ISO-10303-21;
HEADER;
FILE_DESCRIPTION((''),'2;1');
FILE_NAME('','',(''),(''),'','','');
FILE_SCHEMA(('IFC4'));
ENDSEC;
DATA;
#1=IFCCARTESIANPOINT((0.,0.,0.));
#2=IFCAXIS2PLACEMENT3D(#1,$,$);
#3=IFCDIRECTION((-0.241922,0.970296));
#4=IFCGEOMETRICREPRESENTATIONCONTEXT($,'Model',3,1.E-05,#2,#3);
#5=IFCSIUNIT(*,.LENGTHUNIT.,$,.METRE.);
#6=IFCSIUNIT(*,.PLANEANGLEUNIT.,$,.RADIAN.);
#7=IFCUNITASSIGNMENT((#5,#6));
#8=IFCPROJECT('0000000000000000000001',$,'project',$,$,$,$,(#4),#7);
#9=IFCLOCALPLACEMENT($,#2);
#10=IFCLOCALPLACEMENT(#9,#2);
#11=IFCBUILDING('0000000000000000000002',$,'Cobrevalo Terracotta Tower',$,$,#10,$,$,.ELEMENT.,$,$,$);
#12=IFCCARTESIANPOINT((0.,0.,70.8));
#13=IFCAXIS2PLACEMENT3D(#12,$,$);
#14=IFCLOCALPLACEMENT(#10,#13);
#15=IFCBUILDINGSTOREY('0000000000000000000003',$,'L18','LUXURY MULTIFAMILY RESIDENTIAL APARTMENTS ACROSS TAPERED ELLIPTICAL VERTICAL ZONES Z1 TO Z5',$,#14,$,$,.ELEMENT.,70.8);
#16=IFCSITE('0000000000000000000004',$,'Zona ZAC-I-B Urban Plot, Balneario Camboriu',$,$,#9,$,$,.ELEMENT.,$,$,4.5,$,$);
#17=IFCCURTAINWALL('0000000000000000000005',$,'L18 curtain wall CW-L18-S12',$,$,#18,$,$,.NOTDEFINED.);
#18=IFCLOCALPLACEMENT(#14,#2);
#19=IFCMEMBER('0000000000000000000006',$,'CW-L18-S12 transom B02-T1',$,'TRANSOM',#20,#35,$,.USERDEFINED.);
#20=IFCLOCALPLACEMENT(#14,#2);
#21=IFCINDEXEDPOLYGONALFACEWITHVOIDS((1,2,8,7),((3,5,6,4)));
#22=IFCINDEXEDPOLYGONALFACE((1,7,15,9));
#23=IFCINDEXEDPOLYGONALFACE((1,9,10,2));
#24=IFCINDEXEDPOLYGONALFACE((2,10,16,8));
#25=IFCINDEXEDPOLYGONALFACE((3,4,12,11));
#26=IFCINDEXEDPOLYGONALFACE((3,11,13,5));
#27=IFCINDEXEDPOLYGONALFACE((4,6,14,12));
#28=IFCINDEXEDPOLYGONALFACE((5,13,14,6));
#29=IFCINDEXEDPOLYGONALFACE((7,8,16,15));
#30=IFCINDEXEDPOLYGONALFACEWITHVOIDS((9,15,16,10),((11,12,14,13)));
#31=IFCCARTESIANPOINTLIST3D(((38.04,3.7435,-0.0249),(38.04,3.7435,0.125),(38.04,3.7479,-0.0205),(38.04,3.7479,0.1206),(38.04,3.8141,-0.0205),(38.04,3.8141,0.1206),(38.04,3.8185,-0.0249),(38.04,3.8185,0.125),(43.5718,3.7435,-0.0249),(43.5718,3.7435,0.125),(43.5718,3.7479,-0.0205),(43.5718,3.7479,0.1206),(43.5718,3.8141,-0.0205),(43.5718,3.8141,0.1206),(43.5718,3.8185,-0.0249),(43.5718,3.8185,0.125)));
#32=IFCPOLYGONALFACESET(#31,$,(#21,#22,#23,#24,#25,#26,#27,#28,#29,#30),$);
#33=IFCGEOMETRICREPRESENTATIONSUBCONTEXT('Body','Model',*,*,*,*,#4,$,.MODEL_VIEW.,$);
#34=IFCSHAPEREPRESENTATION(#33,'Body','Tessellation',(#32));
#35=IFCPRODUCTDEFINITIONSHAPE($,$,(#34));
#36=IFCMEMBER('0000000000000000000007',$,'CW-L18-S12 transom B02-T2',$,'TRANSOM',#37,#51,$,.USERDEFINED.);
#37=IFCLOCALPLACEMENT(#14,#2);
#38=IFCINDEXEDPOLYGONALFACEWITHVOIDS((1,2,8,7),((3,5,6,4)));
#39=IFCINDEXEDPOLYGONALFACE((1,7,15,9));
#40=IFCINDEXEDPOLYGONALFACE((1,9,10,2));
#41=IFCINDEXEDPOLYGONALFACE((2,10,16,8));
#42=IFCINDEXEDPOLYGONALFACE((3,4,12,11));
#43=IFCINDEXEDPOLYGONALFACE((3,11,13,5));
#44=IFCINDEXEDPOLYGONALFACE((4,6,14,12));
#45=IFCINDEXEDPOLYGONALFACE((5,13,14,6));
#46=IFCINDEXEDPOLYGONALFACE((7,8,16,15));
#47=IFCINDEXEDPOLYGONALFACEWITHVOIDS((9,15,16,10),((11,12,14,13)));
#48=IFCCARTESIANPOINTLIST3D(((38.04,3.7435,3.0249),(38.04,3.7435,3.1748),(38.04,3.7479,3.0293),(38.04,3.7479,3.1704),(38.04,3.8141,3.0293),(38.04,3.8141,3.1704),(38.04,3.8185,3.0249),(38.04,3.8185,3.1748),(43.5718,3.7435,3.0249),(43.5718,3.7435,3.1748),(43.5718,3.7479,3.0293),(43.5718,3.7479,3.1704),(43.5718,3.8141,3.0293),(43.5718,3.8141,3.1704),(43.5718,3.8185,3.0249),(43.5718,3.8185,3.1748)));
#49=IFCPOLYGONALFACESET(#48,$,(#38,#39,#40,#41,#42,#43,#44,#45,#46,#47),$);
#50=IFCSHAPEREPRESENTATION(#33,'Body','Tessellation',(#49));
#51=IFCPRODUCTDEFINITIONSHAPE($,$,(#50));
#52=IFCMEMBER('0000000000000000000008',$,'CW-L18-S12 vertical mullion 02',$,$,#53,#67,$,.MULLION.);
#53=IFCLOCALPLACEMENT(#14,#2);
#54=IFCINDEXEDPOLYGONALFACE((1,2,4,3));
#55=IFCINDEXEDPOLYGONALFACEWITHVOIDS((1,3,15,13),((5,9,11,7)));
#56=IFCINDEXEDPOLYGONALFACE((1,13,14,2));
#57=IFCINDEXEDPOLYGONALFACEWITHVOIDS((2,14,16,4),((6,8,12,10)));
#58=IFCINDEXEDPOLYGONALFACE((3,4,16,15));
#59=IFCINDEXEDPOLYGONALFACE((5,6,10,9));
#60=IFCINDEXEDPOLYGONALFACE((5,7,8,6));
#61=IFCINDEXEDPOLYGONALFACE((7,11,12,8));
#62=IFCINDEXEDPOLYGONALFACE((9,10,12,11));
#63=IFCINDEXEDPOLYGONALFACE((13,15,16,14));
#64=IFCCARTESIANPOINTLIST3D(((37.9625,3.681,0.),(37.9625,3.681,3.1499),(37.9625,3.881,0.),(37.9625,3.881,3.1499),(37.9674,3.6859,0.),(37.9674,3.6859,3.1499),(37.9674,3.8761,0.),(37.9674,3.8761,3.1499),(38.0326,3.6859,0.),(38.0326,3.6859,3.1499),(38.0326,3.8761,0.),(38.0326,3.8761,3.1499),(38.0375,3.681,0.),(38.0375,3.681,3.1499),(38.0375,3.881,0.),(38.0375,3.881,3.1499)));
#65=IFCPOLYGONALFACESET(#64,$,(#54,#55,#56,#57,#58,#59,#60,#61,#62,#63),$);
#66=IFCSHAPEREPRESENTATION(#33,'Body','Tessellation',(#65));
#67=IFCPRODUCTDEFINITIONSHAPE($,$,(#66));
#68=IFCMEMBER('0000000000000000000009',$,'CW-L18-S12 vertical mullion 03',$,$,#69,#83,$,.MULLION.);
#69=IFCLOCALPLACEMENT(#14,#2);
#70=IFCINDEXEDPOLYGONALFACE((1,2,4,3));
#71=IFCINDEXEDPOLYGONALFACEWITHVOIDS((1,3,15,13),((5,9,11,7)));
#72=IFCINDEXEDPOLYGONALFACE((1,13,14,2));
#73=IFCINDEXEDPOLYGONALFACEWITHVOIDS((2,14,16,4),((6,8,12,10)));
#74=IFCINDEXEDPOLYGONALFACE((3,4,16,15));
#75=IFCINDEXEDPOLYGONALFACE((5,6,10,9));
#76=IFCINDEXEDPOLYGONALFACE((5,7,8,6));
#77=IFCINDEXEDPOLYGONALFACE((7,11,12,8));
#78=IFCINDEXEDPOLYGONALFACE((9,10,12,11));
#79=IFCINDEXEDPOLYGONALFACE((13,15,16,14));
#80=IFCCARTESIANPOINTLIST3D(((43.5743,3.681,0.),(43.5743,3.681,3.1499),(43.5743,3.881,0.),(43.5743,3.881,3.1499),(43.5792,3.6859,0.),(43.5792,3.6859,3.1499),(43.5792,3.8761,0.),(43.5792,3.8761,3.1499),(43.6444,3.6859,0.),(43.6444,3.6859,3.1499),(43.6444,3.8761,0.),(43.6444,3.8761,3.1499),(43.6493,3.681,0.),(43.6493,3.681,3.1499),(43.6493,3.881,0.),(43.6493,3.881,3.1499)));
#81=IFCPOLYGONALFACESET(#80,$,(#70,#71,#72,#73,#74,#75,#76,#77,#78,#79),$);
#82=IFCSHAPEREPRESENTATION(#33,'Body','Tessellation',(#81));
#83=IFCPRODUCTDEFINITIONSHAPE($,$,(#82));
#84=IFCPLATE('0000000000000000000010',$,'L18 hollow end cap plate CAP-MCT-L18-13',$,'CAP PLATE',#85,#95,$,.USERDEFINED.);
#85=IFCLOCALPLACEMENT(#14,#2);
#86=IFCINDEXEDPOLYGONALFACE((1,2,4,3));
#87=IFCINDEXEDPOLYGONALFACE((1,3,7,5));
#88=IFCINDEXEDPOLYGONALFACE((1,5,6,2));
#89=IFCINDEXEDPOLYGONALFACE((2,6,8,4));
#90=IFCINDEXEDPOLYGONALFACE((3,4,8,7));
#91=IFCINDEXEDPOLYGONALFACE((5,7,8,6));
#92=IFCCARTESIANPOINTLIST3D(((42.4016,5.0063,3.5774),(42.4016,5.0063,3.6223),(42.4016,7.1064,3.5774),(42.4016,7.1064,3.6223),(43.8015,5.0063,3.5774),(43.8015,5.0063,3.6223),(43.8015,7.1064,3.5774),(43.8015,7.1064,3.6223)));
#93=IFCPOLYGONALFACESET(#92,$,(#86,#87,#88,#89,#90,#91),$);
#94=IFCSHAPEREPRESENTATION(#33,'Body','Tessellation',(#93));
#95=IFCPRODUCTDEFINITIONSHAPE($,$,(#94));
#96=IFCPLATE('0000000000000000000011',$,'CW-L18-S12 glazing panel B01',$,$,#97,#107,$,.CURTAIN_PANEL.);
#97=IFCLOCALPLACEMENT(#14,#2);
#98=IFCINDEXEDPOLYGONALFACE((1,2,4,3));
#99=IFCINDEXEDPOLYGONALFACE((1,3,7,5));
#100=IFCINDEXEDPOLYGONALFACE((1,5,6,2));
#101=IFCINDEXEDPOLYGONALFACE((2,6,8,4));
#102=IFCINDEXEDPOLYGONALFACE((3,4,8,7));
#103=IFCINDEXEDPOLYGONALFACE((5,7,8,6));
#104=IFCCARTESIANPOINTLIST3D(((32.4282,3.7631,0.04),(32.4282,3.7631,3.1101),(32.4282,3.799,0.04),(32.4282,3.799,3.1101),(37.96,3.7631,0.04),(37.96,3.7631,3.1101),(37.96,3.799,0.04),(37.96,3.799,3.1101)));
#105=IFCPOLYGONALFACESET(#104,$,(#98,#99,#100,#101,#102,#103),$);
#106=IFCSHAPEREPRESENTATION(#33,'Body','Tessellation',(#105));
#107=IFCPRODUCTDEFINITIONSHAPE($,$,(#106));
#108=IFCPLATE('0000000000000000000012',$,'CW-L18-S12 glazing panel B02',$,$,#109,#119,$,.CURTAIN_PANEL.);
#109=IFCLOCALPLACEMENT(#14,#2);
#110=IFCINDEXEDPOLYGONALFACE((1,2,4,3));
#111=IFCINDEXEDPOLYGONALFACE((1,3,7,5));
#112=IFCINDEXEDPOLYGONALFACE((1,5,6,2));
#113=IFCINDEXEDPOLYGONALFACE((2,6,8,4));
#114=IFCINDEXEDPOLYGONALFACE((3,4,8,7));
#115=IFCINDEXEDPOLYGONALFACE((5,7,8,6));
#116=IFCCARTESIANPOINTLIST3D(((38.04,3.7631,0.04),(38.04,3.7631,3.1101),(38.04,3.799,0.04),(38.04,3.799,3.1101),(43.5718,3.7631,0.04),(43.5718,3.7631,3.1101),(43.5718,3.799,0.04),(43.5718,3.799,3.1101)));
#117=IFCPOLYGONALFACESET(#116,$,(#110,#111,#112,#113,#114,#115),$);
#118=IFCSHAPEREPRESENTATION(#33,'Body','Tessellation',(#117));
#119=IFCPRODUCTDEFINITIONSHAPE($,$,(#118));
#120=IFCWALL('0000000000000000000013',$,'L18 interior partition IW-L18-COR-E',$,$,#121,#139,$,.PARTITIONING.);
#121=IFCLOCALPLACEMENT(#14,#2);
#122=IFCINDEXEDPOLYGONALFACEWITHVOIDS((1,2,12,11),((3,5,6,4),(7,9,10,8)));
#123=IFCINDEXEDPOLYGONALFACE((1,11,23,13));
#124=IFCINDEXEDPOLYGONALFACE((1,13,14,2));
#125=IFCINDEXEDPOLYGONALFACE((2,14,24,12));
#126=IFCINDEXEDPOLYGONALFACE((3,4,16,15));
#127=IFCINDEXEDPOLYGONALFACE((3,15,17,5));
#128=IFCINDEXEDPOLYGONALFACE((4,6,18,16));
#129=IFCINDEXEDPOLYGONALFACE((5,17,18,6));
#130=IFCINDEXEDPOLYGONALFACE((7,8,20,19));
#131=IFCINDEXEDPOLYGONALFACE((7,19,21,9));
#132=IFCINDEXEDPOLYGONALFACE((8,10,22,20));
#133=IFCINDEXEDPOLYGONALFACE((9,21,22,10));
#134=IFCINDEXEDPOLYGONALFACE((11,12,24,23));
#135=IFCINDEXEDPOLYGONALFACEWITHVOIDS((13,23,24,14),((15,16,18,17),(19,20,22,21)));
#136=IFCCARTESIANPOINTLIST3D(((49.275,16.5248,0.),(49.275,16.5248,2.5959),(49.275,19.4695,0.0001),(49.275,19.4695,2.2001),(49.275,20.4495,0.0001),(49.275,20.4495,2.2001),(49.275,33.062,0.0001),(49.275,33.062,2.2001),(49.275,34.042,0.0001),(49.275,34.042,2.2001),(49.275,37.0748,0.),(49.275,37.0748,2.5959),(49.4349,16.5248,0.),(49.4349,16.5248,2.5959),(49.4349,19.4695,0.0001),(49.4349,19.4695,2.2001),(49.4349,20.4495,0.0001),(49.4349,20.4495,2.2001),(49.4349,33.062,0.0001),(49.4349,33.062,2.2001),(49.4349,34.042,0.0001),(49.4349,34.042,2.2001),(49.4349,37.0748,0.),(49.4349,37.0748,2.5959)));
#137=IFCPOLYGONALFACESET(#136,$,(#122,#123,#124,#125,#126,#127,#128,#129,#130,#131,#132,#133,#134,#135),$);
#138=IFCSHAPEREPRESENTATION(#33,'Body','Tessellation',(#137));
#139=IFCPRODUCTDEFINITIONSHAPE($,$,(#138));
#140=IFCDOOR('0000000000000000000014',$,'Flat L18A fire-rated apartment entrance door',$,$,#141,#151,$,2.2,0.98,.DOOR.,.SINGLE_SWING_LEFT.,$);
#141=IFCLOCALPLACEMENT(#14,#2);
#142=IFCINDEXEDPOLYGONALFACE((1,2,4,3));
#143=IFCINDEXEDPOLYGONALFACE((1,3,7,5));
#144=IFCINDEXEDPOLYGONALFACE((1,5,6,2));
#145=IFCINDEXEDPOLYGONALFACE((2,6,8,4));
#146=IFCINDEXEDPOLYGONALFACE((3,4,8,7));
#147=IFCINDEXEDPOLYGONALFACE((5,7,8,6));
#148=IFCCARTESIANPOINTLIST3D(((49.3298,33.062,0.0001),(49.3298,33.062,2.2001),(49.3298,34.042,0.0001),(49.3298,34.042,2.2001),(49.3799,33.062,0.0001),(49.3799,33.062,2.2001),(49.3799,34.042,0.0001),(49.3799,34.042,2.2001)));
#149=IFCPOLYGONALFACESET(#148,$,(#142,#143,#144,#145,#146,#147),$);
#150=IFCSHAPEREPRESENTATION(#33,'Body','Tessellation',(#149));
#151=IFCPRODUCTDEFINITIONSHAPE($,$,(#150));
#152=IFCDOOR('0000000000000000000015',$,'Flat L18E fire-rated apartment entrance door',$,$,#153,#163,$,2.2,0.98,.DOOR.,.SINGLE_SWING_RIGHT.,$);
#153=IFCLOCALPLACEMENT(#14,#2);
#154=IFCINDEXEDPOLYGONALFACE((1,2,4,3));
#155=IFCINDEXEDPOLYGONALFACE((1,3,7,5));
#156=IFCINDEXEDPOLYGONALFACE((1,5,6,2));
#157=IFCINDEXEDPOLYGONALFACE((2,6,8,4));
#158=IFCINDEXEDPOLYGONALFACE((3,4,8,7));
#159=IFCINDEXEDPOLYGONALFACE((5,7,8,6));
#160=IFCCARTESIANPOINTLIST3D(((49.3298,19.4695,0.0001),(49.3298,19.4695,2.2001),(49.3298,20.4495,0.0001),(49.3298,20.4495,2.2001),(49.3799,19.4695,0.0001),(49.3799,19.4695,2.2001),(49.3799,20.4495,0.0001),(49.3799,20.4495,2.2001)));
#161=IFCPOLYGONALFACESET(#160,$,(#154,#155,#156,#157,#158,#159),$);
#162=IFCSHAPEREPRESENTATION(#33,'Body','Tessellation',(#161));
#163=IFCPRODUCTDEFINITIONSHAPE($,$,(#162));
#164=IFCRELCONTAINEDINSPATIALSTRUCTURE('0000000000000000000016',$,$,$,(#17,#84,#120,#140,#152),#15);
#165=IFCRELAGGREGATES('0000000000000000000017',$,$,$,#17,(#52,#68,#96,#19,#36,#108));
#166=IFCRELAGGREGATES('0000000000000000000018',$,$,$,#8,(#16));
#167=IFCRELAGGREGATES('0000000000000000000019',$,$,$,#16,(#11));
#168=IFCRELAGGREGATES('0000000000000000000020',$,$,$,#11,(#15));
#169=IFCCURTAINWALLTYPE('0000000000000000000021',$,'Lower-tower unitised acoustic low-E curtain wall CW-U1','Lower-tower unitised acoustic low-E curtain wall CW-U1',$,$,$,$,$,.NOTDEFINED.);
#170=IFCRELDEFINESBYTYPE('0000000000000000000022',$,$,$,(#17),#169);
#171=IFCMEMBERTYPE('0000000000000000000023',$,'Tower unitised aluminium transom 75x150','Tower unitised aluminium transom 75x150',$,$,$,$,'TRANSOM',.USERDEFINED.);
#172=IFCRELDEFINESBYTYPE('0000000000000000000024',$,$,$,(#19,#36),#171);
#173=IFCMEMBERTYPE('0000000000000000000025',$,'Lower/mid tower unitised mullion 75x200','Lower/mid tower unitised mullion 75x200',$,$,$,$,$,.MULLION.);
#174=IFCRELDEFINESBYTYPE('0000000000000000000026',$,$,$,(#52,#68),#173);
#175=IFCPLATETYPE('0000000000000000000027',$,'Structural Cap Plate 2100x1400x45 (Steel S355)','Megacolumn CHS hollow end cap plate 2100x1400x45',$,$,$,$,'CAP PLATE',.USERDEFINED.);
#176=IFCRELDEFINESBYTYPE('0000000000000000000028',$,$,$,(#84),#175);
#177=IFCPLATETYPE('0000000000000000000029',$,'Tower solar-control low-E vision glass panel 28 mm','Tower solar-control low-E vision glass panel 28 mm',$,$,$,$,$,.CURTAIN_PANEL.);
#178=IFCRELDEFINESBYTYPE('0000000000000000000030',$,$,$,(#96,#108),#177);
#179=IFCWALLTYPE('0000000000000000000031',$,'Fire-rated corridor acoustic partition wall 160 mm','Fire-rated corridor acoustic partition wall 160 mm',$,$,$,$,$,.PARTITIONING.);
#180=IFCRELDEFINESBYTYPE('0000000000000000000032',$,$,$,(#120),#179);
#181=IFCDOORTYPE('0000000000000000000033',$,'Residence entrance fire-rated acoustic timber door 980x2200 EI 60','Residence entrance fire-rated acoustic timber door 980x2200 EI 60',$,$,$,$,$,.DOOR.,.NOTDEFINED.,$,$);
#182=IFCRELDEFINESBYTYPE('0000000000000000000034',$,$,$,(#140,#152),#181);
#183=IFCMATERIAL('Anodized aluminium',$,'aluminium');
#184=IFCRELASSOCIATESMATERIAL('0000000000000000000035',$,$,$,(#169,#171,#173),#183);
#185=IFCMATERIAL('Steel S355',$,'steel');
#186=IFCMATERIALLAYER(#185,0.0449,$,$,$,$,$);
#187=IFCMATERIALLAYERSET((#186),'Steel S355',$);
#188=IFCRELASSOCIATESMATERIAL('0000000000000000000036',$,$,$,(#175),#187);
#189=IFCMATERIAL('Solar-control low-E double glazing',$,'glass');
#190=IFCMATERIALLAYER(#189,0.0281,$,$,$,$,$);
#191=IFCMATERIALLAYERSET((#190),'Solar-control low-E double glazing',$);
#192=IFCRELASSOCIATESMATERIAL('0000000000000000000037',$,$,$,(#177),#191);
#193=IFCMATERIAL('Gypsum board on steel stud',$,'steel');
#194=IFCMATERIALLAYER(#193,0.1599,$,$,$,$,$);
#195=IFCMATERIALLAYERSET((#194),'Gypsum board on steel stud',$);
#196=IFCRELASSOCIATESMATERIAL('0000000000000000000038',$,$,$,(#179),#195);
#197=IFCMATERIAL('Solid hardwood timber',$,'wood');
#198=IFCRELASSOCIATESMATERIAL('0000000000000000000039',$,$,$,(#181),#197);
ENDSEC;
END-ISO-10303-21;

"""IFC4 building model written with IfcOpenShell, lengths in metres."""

from ifc_helpers import new_model, si_unit, direction, frame, frame_2d, origin, origin_2d, place, context, subcontext, project, spatial, rectangle, hollow_rectangle, extrude, source, transform, mapped, material, layer, layer_set, material_profile, profile_set, type_object, element, fill, aggregate, save


model = new_model("IFC4")

# Units and contexts
model_context = context("Model", 3, precision=1e-05, world=origin(), true_north=direction((-0.241922, 0.970296)))
body_context = subcontext(model_context, "Body", "Model", "MODEL_VIEW")
ifc_project = project(units=[si_unit("LENGTHUNIT", "METRE"), si_unit("PLANEANGLEUNIT", "RADIAN")], contexts=[model_context])

# Site, building, storey
site_placement = place(None, origin())
site = spatial("IfcSite", under=ifc_project, at=site_placement, Name="Zona ZAC-I-B Urban Plot, Balneario Camboriu", CompositionType="ELEMENT", RefElevation=4.5)
building_placement = place(site_placement, origin())
building = spatial("IfcBuilding", under=site, at=building_placement, Name="Cobrevalo Terracotta Tower", CompositionType="ELEMENT")
storey_placement = place(building_placement, frame((0.0, 0.0, 70.8)))
storey = spatial("IfcBuildingStorey", under=building, at=storey_placement, Name="L18", Description="LUXURY MULTIFAMILY RESIDENTIAL APARTMENTS ACROSS TAPERED ELLIPTICAL VERTICAL ZONES Z1 TO Z5", CompositionType="ELEMENT", Elevation=70.8)

# Shared definitions
ifc_material_1 = material(Name="Steel S355", Category="steel")

# Curtain wall, members
ifc_material_2 = material(Name="Anodized aluminium", Category="aluminium")
curtain_wall_type = type_object("IfcCurtainWallType", Name="Lower-tower unitised acoustic low-E curtain wall CW-U1", Description="Lower-tower unitised acoustic low-E curtain wall CW-U1", PredefinedType="NOTDEFINED", material=ifc_material_2)
curtain_wall_placement = place(storey_placement, origin())
curtain_wall = element("IfcCurtainWall", 1, at=curtain_wall_placement, inside=storey, type_object=curtain_wall_type, Name="L18 curtain wall CW-L18-S12", PredefinedType="NOTDEFINED")
ifc_material_profile_1 = material_profile(ifc_material_2, hollow_rectangle(XDim=0.075, YDim=0.1499, WallThickness=0.0044, at=origin_2d()), Name="CWT 75x150")
ifc_profile_set_1 = profile_set([ifc_material_profile_1], Name="Anodized aluminium")
member_type_1 = type_object("IfcMemberType", Name="Tower unitised aluminium transom 75x150", Description="Tower unitised aluminium transom 75x150", ElementType="TRANSOM", PredefinedType="USERDEFINED", material=ifc_profile_set_1)
shared_shape_1 = source(origin(), body_context, "Body", "SweptSolid", [
    extrude(hollow_rectangle(XDim=0.075, YDim=0.1499, WallThickness=0.0044, at=origin_2d()), origin(), (0.0, 0.0, 1.0), 5.5317),
])
member_1_placement = place(storey_placement, frame((38.04, 3.781, 0.05), z_axis=(1.0, 0.0, 0.0), x_axis=(0.0, 1.0, 0.0)))
member_1 = element("IfcMember", 2, at=member_1_placement, type_object=member_type_1, Name="CW-L18-S12 transom B02-T1", ObjectType="TRANSOM", PredefinedType="USERDEFINED", context=body_context, shape_type="MappedRepresentation", body=[
    mapped(shared_shape_1, transform((0.0, 0.0, 0.0), scale=1.0)),
])
member_2_placement = place(storey_placement, frame((38.04, 3.781, 3.0999), z_axis=(1.0, 0.0, 0.0), x_axis=(0.0, 1.0, 0.0)))
member_2 = element("IfcMember", 3, at=member_2_placement, type_object=member_type_1, Name="CW-L18-S12 transom B02-T2", ObjectType="TRANSOM", PredefinedType="USERDEFINED", context=body_context, shape_type="MappedRepresentation", body=[
    mapped(shared_shape_1, transform((0.0, 0.0, 0.0), scale=1.0)),
])
ifc_material_profile_2 = material_profile(ifc_material_2, hollow_rectangle(XDim=0.075, YDim=0.2, WallThickness=0.0049, at=origin_2d()), Name="CWM 75x200")
ifc_profile_set_2 = profile_set([ifc_material_profile_2], Name="Anodized aluminium")
member_type_2 = type_object("IfcMemberType", Name="Lower/mid tower unitised mullion 75x200", Description="Lower/mid tower unitised mullion 75x200", PredefinedType="MULLION", material=ifc_profile_set_2)
shared_shape_2 = source(origin(), body_context, "Body", "SweptSolid", [
    extrude(hollow_rectangle(XDim=0.075, YDim=0.2, WallThickness=0.0049, at=origin_2d()), origin(), (0.0, 0.0, 1.0), 3.1499),
])
member_3_placement = place(storey_placement, frame((38.0, 3.781, 0.0), z_axis=(0.0, 0.0, 1.0), x_axis=(1.0, 0.0, 0.0)))
member_3 = element("IfcMember", 4, at=member_3_placement, type_object=member_type_2, Name="CW-L18-S12 vertical mullion 02", PredefinedType="MULLION", context=body_context, shape_type="MappedRepresentation", body=[
    mapped(shared_shape_2, transform((0.0, 0.0, 0.0), scale=1.0)),
])
member_4_placement = place(storey_placement, frame((43.6118, 3.781, 0.0), z_axis=(0.0, 0.0, 1.0), x_axis=(1.0, 0.0, 0.0)))
member_4 = element("IfcMember", 5, at=member_4_placement, type_object=member_type_2, Name="CW-L18-S12 vertical mullion 03", PredefinedType="MULLION", context=body_context, shape_type="MappedRepresentation", body=[
    mapped(shared_shape_2, transform((0.0, 0.0, 0.0), scale=1.0)),
])

# Plates
ifc_layer_1 = layer(ifc_material_1, 0.0449)
ifc_layer_set_1 = layer_set([ifc_layer_1], Name="Steel S355")
plate_type_1 = type_object("IfcPlateType", Name="Structural Cap Plate 2100x1400x45 (Steel S355)", Description="Megacolumn CHS hollow end cap plate 2100x1400x45", ElementType="CAP PLATE", PredefinedType="USERDEFINED", material=ifc_layer_set_1)
shared_shape_3 = source(origin(), body_context, "Body", "SweptSolid", [
    extrude(rectangle(XDim=2.1001, YDim=1.3999, at=origin_2d()), origin(), (0.0, 0.0, 1.0), 0.0449),
])
plate_1_placement = place(storey_placement, frame((43.1016, 6.0564, 3.5774), z_axis=(0.0, 0.0, 1.0), x_axis=(0.0, -1.0, 0.0)))
element("IfcPlate", 6, at=plate_1_placement, inside=storey, type_object=plate_type_1, Name="L18 hollow end cap plate CAP-MCT-L18-13", ObjectType="CAP PLATE", PredefinedType="USERDEFINED", context=body_context, shape_type="MappedRepresentation", body=[
    mapped(shared_shape_3, transform((0.0, 0.0, 0.0), scale=1.0)),
])
ifc_material_3 = material(Name="Solar-control low-E double glazing", Category="glass")
ifc_layer_2 = layer(ifc_material_3, 0.0281)
ifc_layer_set_2 = layer_set([ifc_layer_2], Name="Solar-control low-E double glazing")
plate_type_2 = type_object("IfcPlateType", Name="Tower solar-control low-E vision glass panel 28 mm", Description="Tower solar-control low-E vision glass panel 28 mm", PredefinedType="CURTAIN_PANEL", material=ifc_layer_set_2)
shared_shape_4 = source(origin(), body_context, "Body", "SweptSolid", [
    extrude(rectangle(XDim=5.5317, YDim=0.0359, at=origin_2d()), origin(), (0.0, 0.0, 1.0), 3.0701),
])
plate_2_placement = place(storey_placement, frame((35.1941, 3.781, 0.04), z_axis=(0.0, 0.0, 1.0), x_axis=(1.0, 0.0, 0.0)))
plate_2 = element("IfcPlate", 7, at=plate_2_placement, type_object=plate_type_2, Name="CW-L18-S12 glazing panel B01", PredefinedType="CURTAIN_PANEL", context=body_context, shape_type="MappedRepresentation", body=[
    mapped(shared_shape_4, transform((0.0, 0.0, 0.0), scale=1.0)),
])
plate_3_placement = place(storey_placement, frame((40.8059, 3.781, 0.04), z_axis=(0.0, 0.0, 1.0), x_axis=(1.0, 0.0, 0.0)))
plate_3 = element("IfcPlate", 8, at=plate_3_placement, type_object=plate_type_2, Name="CW-L18-S12 glazing panel B02", PredefinedType="CURTAIN_PANEL", context=body_context, shape_type="MappedRepresentation", body=[
    mapped(shared_shape_4, transform((0.0, 0.0, 0.0), scale=1.0)),
])
aggregate(curtain_wall, [member_3, member_4, plate_2, member_1, member_2, plate_3])

# Wall, openings, doors
ifc_material_4 = material(Name="Gypsum board on steel stud", Category="steel")
ifc_layer_3 = layer(ifc_material_4, 0.1599)
ifc_layer_set_3 = layer_set([ifc_layer_3], Name="Gypsum board on steel stud")
wall_type_1 = type_object("IfcWallType", Name="Fire-rated corridor acoustic partition wall 160 mm", Description="Fire-rated corridor acoustic partition wall 160 mm", PredefinedType="PARTITIONING", material=ifc_layer_set_3)
wall_1_placement = place(storey_placement, frame((49.355, 16.5249, 0.0), z_axis=(0.0, 0.0, 1.0), x_axis=(0.0, 1.0, 0.0)))
wall_1 = element("IfcWall", 9, at=wall_1_placement, inside=storey, type_object=wall_type_1, Name="L18 interior partition IW-L18-COR-E", PredefinedType="PARTITIONING", context=body_context, shape_type="SweptSolid", body=[
    extrude(rectangle(XDim=20.55, YDim=0.1599, at=frame_2d((10.2749, 0.0))), origin(), (0.0, 0.0, 1.0), 2.5959),
])
opening_1_placement = place(wall_1_placement, frame((16.5371, 0.0, 0.0)))
opening_1 = element("IfcOpeningElement", 10, at=opening_1_placement, cuts=wall_1, PredefinedType="OPENING", context=body_context, shape_type="SweptSolid", body=[
    extrude(rectangle(XDim=0.98, YDim=2.2, at=frame_2d((0.49, 1.1001))), frame((0.0, 0.0898, 0.0), z_axis=(0.0, -1.0, 0.0), x_axis=(1.0, 0.0, 0.0)), (0.0, 0.0, 1.0), 0.1799),
])
opening_2_placement = place(wall_1_placement, frame((2.9446, 0.0, 0.0)))
opening_2 = element("IfcOpeningElement", 11, at=opening_2_placement, cuts=wall_1, PredefinedType="OPENING", context=body_context, shape_type="SweptSolid", body=[
    extrude(rectangle(XDim=0.98, YDim=2.2, at=frame_2d((0.49, 1.1001))), frame((0.0, 0.0898, 0.0), z_axis=(0.0, -1.0, 0.0), x_axis=(1.0, 0.0, 0.0)), (0.0, 0.0, 1.0), 0.1799),
])
ifc_material_5 = material(Name="Solid hardwood timber", Category="wood")
door_type_1 = type_object("IfcDoorType", Name="Residence entrance fire-rated acoustic timber door 980x2200 EI 60", Description="Residence entrance fire-rated acoustic timber door 980x2200 EI 60", OperationType="NOTDEFINED", PredefinedType="DOOR", material=ifc_material_5)
shared_shape_5 = source(origin(), body_context, "Body", "SweptSolid", [
    extrude(rectangle(XDim=0.98, YDim=2.2, at=frame_2d((0.49, 1.1001))), frame((0.0, 0.0249, 0.0), z_axis=(0.0, -1.0, 0.0), x_axis=(1.0, 0.0, 0.0)), (0.0, 0.0, 1.0), 0.05),
])
door_1_placement = place(opening_1_placement, frame((0.98, 0.0, 0.0), z_axis=(0.0, 0.0, 1.0), x_axis=(-1.0, 0.0, 0.0)))
door_1 = element("IfcDoor", 12, at=door_1_placement, inside=storey, type_object=door_type_1, Name="Flat L18A fire-rated apartment entrance door", OperationType="SINGLE_SWING_LEFT", OverallHeight=2.2, OverallWidth=0.98, PredefinedType="DOOR", context=body_context, shape_type="MappedRepresentation", body=[
    mapped(shared_shape_5, transform((0.0, 0.0, 0.0), scale=1.0)),
])
fill(opening_1, door_1)
door_2_placement = place(opening_2_placement, frame((0.98, 0.0, 0.0), z_axis=(0.0, 0.0, 1.0), x_axis=(-1.0, 0.0, 0.0)))
door_2 = element("IfcDoor", 13, at=door_2_placement, inside=storey, type_object=door_type_1, Name="Flat L18E fire-rated apartment entrance door", OperationType="SINGLE_SWING_RIGHT", OverallHeight=2.2, OverallWidth=0.98, PredefinedType="DOOR", context=body_context, shape_type="MappedRepresentation", body=[
    mapped(shared_shape_5, transform((0.0, 0.0, 0.0), scale=1.0)),
])
fill(opening_2, door_2)

save(model, "model.ifc")
